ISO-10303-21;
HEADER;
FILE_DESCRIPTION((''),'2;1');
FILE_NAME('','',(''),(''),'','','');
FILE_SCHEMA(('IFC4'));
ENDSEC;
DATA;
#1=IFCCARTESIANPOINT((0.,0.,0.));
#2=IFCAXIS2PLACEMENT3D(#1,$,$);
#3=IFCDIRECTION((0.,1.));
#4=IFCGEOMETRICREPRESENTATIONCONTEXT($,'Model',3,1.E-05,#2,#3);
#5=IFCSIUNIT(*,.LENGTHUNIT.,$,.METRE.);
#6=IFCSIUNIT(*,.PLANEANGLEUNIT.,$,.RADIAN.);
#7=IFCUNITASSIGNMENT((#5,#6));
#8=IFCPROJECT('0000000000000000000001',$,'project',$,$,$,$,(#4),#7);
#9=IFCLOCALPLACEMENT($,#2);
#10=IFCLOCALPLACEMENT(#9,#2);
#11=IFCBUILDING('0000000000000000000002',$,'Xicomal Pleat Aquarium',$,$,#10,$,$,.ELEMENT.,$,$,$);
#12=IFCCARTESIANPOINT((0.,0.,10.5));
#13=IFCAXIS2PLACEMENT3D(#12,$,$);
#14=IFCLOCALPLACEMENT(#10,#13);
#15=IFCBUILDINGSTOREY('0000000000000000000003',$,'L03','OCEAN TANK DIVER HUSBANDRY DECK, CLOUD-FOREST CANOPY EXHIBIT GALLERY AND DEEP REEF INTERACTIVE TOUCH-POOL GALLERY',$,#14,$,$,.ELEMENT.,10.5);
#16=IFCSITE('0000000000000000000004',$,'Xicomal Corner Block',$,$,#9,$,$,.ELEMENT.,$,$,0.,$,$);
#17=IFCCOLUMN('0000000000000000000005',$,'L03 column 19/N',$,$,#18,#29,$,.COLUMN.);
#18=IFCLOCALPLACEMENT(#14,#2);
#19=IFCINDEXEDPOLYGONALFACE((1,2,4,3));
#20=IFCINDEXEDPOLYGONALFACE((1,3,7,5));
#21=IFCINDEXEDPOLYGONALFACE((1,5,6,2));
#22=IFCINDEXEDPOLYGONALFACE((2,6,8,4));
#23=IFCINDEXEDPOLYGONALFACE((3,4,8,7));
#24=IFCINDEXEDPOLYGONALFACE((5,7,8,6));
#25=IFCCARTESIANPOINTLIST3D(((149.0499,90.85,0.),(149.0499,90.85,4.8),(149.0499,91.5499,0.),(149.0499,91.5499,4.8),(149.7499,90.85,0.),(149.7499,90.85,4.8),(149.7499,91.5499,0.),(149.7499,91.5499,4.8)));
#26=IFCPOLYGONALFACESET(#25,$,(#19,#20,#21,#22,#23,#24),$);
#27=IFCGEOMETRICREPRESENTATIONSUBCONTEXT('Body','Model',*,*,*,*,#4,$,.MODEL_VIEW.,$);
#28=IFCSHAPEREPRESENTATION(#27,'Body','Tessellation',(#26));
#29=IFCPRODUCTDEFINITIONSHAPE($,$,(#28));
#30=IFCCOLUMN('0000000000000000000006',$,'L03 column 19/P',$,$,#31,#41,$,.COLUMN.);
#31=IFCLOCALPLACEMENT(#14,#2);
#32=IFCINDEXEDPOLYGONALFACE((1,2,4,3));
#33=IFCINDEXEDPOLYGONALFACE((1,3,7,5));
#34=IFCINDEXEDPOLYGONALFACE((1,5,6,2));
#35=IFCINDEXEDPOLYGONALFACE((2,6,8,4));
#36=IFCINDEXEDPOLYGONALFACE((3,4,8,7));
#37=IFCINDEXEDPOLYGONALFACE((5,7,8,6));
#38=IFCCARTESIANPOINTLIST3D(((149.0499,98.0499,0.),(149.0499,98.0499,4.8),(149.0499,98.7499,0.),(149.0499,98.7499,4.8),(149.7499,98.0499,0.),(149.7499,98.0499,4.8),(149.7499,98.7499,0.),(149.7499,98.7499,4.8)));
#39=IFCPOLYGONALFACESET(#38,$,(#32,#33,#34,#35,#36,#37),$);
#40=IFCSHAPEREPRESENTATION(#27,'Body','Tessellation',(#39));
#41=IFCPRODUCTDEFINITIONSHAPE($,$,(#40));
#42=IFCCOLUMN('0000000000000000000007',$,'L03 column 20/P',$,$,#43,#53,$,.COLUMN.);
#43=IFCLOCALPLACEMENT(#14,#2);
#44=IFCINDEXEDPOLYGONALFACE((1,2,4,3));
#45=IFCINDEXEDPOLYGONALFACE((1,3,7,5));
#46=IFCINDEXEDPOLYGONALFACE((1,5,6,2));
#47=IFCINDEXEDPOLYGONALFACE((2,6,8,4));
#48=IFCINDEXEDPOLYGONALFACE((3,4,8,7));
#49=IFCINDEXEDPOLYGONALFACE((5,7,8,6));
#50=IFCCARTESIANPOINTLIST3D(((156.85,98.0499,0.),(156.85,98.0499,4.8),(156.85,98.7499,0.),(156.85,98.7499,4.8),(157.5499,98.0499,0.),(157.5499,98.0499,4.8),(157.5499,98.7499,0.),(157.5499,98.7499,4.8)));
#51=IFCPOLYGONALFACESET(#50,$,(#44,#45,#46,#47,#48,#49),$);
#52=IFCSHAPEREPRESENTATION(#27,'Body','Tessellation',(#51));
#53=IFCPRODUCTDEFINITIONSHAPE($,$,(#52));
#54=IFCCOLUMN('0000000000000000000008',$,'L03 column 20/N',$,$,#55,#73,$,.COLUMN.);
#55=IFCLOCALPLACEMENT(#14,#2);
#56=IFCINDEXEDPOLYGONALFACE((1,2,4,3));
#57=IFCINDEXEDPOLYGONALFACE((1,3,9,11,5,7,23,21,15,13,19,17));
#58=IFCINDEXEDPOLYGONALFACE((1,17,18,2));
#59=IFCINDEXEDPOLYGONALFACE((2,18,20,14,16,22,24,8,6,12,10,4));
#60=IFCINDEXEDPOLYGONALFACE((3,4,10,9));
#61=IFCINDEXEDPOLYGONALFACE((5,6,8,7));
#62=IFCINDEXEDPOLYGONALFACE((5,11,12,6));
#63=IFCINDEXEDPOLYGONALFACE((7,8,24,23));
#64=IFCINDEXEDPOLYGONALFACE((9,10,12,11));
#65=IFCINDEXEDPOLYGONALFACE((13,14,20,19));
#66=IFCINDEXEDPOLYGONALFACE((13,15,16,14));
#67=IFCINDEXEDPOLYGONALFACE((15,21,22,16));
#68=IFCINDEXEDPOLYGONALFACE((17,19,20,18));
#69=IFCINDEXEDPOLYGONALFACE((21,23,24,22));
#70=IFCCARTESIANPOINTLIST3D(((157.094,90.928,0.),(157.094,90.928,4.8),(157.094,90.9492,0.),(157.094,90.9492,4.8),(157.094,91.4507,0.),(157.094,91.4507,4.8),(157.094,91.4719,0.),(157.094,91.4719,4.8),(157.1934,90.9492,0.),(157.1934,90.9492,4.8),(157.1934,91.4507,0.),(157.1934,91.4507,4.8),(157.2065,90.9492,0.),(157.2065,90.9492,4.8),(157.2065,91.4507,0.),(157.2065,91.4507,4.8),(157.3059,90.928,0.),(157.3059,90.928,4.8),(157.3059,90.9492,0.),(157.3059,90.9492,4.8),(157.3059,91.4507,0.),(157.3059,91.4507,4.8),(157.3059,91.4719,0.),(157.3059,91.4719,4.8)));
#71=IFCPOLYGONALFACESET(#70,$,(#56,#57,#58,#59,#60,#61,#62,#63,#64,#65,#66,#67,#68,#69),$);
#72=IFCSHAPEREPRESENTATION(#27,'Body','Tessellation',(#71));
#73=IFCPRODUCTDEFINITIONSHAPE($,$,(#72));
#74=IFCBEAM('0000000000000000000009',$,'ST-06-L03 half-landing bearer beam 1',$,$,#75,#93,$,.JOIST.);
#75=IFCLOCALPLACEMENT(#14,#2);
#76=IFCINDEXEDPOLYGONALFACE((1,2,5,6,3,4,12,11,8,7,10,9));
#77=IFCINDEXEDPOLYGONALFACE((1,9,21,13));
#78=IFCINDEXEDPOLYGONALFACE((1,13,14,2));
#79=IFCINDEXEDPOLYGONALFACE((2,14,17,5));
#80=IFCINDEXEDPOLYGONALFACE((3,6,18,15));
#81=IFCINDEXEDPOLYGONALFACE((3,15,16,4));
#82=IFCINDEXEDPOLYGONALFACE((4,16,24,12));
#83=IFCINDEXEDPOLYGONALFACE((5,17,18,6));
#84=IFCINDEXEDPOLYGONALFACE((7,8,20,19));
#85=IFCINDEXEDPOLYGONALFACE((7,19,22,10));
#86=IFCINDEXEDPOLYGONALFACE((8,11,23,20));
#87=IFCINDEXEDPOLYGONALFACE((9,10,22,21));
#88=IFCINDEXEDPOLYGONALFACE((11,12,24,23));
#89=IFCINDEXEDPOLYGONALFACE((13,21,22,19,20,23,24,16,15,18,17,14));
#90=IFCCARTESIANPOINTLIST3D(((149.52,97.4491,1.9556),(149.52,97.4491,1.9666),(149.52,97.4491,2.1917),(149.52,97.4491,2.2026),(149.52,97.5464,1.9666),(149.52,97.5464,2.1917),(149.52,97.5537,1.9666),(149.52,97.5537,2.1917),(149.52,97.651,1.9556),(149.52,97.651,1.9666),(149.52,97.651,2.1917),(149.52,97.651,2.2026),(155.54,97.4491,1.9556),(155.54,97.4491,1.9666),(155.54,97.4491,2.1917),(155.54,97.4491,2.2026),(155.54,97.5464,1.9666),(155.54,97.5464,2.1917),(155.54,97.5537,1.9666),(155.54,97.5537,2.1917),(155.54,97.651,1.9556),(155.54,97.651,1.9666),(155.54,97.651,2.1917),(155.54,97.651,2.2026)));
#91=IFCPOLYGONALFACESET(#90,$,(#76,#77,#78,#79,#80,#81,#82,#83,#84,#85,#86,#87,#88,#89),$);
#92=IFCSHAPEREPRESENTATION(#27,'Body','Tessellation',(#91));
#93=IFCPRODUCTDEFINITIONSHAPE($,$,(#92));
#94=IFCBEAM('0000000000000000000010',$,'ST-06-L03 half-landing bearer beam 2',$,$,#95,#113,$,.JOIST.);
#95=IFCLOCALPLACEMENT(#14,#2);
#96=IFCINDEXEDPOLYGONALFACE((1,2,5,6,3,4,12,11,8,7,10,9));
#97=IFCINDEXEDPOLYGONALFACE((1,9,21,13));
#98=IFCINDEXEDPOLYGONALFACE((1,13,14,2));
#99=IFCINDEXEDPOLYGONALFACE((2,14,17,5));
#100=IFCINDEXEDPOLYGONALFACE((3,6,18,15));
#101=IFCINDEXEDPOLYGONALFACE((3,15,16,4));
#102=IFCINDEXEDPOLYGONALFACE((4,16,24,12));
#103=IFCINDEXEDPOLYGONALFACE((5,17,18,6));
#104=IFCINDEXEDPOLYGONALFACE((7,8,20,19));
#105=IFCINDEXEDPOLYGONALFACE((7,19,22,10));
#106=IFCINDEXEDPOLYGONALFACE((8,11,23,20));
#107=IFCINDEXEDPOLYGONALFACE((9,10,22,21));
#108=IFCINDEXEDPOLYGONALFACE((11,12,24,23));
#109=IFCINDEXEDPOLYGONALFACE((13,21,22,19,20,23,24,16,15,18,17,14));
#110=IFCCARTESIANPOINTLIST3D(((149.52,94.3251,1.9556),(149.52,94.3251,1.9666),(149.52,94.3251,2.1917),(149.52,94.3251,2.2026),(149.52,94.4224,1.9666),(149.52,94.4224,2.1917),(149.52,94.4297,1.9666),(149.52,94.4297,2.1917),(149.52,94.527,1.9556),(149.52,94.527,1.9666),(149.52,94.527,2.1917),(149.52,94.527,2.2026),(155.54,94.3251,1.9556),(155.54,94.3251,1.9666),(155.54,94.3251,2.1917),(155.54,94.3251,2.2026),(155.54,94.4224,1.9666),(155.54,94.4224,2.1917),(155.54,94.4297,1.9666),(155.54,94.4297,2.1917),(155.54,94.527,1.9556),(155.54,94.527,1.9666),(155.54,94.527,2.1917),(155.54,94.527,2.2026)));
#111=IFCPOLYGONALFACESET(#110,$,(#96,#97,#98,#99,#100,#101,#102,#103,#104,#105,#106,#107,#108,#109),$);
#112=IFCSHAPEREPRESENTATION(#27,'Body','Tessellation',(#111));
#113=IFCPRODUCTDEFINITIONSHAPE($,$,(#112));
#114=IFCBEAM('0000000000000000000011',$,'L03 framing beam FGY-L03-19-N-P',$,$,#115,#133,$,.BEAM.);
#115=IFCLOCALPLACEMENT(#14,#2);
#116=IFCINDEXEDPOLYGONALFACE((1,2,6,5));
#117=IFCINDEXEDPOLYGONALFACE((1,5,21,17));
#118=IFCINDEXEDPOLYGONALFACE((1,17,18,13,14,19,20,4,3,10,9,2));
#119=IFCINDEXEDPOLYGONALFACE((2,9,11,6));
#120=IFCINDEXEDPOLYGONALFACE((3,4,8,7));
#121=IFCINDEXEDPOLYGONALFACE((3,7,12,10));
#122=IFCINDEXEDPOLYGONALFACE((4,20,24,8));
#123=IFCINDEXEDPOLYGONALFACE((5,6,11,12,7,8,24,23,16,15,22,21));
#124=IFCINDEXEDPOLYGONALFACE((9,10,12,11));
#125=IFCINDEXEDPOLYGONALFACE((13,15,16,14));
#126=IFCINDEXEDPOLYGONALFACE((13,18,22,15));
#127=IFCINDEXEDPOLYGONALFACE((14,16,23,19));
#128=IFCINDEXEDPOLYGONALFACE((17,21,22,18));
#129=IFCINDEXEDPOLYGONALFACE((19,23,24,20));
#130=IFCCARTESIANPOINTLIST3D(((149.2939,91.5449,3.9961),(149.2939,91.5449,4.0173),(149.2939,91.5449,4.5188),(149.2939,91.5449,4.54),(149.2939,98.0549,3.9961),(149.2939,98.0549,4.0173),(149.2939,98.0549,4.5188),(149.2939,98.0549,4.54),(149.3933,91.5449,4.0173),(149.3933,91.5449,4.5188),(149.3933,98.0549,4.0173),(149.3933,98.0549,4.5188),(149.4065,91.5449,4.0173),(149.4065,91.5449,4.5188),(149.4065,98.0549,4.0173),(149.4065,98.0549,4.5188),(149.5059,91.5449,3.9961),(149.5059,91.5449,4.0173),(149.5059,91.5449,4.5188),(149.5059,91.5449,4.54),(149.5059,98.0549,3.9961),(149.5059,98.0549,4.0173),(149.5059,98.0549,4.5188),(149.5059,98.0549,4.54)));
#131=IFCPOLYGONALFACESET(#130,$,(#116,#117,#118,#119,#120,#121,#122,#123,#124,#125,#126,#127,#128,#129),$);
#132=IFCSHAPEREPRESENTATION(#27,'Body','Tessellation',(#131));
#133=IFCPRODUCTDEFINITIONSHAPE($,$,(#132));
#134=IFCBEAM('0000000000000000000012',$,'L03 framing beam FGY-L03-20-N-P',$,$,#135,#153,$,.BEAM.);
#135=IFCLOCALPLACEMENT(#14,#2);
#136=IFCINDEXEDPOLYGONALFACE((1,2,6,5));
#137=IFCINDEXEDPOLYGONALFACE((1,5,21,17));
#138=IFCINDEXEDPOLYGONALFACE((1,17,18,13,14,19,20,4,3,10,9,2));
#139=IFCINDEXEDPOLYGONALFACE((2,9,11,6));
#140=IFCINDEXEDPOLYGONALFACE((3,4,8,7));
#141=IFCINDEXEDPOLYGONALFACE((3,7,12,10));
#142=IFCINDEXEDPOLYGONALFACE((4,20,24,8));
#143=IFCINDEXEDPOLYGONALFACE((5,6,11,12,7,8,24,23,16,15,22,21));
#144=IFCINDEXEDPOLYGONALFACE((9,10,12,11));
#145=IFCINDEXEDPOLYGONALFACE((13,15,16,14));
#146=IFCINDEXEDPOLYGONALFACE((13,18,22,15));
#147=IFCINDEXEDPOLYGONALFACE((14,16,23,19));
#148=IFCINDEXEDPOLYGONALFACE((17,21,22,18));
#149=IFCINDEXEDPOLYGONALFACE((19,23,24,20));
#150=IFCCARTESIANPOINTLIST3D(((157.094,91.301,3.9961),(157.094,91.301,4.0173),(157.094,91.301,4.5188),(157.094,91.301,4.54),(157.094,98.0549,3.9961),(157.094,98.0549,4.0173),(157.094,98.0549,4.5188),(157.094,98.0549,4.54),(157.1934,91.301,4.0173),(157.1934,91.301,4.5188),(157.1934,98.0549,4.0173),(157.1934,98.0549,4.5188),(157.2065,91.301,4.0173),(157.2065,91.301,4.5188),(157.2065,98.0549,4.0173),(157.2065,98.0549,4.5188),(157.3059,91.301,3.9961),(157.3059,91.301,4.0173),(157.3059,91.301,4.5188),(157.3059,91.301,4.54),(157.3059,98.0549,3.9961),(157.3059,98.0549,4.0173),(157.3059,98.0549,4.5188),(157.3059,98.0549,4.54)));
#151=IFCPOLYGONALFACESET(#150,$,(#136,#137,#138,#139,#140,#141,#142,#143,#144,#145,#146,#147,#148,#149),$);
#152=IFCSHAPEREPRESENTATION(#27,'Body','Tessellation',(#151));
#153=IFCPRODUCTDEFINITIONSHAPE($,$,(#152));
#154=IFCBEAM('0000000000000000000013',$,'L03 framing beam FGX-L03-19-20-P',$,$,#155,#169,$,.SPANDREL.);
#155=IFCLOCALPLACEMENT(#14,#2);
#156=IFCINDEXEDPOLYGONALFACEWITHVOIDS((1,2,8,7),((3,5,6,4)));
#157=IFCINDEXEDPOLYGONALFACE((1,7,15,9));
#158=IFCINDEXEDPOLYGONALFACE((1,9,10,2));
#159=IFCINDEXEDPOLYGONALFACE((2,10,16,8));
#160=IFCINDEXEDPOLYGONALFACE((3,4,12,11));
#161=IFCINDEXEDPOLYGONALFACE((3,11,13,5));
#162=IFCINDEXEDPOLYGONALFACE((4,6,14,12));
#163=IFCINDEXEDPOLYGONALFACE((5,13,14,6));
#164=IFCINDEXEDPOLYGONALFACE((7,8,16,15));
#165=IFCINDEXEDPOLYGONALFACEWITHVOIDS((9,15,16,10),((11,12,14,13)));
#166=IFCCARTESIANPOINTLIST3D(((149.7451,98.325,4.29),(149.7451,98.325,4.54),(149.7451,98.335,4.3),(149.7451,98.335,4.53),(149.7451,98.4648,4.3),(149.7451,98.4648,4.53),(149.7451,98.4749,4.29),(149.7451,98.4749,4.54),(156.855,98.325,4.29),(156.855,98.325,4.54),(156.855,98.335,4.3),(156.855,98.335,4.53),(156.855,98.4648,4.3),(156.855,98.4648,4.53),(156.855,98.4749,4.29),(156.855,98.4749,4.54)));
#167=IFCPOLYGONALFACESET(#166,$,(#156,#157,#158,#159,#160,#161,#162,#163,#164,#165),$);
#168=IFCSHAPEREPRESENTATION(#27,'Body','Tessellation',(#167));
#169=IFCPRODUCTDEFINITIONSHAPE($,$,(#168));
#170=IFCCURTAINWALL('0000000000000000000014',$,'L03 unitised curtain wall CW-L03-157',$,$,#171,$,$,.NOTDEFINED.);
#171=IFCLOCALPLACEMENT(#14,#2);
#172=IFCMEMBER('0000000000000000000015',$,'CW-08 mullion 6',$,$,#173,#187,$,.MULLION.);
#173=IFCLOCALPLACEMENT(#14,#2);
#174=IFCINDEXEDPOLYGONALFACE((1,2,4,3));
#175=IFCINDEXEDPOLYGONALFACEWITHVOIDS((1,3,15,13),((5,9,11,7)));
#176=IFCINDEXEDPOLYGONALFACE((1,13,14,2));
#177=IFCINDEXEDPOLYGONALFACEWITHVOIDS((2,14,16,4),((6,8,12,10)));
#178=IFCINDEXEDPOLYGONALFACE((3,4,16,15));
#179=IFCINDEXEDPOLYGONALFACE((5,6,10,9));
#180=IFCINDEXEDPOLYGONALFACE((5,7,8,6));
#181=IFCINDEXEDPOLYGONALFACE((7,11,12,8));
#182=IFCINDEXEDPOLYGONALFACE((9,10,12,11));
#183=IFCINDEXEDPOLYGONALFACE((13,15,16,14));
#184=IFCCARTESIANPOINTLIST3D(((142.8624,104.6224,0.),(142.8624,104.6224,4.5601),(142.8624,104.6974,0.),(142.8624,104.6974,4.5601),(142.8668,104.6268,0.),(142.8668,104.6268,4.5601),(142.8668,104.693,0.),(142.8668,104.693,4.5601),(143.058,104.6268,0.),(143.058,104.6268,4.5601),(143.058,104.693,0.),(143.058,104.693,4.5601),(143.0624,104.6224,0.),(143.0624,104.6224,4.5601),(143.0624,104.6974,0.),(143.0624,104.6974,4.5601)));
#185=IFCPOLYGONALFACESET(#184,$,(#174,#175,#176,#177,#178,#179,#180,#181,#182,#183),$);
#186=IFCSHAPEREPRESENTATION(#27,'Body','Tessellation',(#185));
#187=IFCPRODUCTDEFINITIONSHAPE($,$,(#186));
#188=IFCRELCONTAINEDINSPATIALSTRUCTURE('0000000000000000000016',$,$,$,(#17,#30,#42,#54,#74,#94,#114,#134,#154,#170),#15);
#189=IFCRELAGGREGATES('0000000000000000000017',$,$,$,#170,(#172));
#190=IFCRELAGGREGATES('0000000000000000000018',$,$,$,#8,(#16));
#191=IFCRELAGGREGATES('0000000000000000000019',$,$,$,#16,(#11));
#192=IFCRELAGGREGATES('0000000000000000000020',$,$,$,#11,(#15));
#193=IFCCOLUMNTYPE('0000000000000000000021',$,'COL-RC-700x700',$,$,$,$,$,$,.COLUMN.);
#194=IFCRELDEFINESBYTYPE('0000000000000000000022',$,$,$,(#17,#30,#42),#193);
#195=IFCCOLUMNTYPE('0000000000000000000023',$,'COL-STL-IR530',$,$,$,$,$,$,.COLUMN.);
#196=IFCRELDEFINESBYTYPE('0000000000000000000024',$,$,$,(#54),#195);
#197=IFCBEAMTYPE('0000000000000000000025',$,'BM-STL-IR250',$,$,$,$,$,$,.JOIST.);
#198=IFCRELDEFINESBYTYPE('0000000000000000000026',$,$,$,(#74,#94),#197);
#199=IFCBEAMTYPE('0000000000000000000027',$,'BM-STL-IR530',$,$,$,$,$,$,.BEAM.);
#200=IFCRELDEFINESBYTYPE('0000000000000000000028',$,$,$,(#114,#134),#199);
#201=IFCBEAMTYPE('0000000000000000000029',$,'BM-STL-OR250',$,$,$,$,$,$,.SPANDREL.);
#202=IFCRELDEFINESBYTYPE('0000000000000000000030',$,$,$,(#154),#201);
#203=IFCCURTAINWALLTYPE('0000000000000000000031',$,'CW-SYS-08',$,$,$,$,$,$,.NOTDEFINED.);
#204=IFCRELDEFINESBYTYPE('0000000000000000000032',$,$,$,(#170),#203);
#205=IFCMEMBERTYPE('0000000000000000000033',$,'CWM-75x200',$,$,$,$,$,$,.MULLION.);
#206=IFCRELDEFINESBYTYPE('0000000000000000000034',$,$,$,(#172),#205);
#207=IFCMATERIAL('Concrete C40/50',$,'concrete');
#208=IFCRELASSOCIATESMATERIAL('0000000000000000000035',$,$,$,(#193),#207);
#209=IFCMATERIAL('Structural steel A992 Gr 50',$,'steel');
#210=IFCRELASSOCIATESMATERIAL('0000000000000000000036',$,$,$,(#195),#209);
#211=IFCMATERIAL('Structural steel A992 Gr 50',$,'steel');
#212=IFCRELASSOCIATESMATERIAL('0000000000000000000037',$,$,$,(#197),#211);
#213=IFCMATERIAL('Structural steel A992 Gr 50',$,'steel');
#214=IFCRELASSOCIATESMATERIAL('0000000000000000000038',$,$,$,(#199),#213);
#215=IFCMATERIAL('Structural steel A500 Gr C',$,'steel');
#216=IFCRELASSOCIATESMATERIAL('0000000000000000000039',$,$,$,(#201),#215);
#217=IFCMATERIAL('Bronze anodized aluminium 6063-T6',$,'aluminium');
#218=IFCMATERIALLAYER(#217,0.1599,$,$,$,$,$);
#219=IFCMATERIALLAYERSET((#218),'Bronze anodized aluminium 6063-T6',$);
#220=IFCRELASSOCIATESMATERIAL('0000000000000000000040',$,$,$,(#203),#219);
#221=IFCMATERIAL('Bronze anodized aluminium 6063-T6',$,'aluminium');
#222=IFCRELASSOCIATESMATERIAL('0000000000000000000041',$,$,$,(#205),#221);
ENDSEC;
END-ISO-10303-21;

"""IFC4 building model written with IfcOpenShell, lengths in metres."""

from ifc_helpers import new_model, si_unit, direction, frame, origin, origin_2d, place, context, subcontext, project, spatial, rectangle, hollow_rectangle, i_section, extrude, material, layer, layer_set, material_profile, profile_set, type_object, element, aggregate, save


model = new_model("IFC4")

# Units and contexts
model_context = context("Model", 3, precision=1e-05, world=origin(), true_north=direction((0.0, 1.0)))
body_context = subcontext(model_context, "Body", "Model", "MODEL_VIEW")
ifc_project = project(units=[si_unit("LENGTHUNIT", "METRE"), si_unit("PLANEANGLEUNIT", "RADIAN")], contexts=[model_context])

# Site, building, storey
site_placement = place(None, origin())
site = spatial("IfcSite", under=ifc_project, at=site_placement, Name="Xicomal Corner Block", CompositionType="ELEMENT", RefElevation=0.0)
building_placement = place(site_placement, origin())
building = spatial("IfcBuilding", under=site, at=building_placement, Name="Xicomal Pleat Aquarium", CompositionType="ELEMENT")
storey_placement = place(building_placement, frame((0.0, 0.0, 10.5)))
storey = spatial("IfcBuildingStorey", under=building, at=storey_placement, Name="L03", Description="OCEAN TANK DIVER HUSBANDRY DECK, CLOUD-FOREST CANOPY EXHIBIT GALLERY AND DEEP REEF INTERACTIVE TOUCH-POOL GALLERY", CompositionType="ELEMENT", Elevation=10.5)

# Columns
ifc_material_1 = material(Name="Concrete C40/50", Category="concrete")
ifc_material_profile_1 = material_profile(ifc_material_1, rectangle(XDim=0.7, YDim=0.7, at=origin_2d()), Name="RC 700x700")
ifc_profile_set_1 = profile_set([ifc_material_profile_1], Name="Concrete C40/50")
column_type_1 = type_object("IfcColumnType", Name="COL-RC-700x700", PredefinedType="COLUMN", material=ifc_profile_set_1)
for number, where, z_axis, x_axis, name in (
    (1, (149.3999, 91.2, 0.0), (0.0, 0.0, 1.0), (1.0, 0.0, 0.0), "L03 column 19/N"),
    (2, (149.3999, 98.3999, 0.0), (0.0, 0.0, 1.0), (1.0, 0.0, 0.0), "L03 column 19/P"),
    (3, (157.2, 98.3999, 0.0), (0.0, 0.0, 1.0), (1.0, 0.0, 0.0), "L03 column 20/P"),
):
    element("IfcColumn", number, at=place(storey_placement, frame(where, z_axis=z_axis, x_axis=x_axis)), inside=storey, type_object=column_type_1, Name=name, PredefinedType="COLUMN", context=body_context, shape_type="SweptSolid", body=[
        extrude(rectangle(XDim=0.7, YDim=0.7, at=origin_2d()), origin(), (0.0, 0.0, 1.0), 4.8),
    ])
ifc_material_2 = material(Name="Structural steel A992 Gr 50", Category="steel")
ifc_material_profile_2 = material_profile(ifc_material_2, i_section(OverallWidth=0.2119, OverallDepth=0.5439, WebThickness=0.0132, FlangeThickness=0.0212, at=origin_2d()), Name="IR 530x123")
ifc_profile_set_2 = profile_set([ifc_material_profile_2], Name="Structural steel A992 Gr 50")
column_type_2 = type_object("IfcColumnType", Name="COL-STL-IR530", PredefinedType="COLUMN", material=ifc_profile_set_2)
column_placement = place(storey_placement, frame((157.2, 91.2, 0.0), z_axis=(0.0, 0.0, 1.0), x_axis=(1.0, 0.0, 0.0)))
element("IfcColumn", 4, at=column_placement, inside=storey, type_object=column_type_2, Name="L03 column 20/N", PredefinedType="COLUMN", context=body_context, shape_type="SweptSolid", body=[
    extrude(i_section(OverallWidth=0.2119, OverallDepth=0.5439, WebThickness=0.0132, FlangeThickness=0.0212, at=origin_2d()), origin(), (0.0, 0.0, 1.0), 4.8),
])

# Beams
ifc_material_3 = material(Name="Structural steel A992 Gr 50", Category="steel")
ifc_material_profile_3 = material_profile(ifc_material_3, i_section(OverallWidth=0.2019, OverallDepth=0.2471, WebThickness=0.0073, FlangeThickness=0.011, at=origin_2d()), Name="IR 250x49")
ifc_profile_set_3 = profile_set([ifc_material_profile_3], Name="Structural steel A992 Gr 50")
beam_type_1 = type_object("IfcBeamType", Name="BM-STL-IR250", PredefinedType="JOIST", material=ifc_profile_set_3)
for number, where, z_axis, x_axis, name in (
    (5, (149.52, 97.55, 2.0791), (1.0, 0.0, 0.0), (0.0, 1.0, 0.0), "ST-06-L03 half-landing bearer beam 1"),
    (6, (149.52, 94.426, 2.0791), (1.0, 0.0, 0.0), (0.0, 1.0, 0.0), "ST-06-L03 half-landing bearer beam 2"),
):
    element("IfcBeam", number, at=place(storey_placement, frame(where, z_axis=z_axis, x_axis=x_axis)), inside=storey, type_object=beam_type_1, Name=name, PredefinedType="JOIST", context=body_context, shape_type="SweptSolid", body=[
        extrude(i_section(OverallWidth=0.2019, OverallDepth=0.2471, WebThickness=0.0073, FlangeThickness=0.011, at=origin_2d()), origin(), (0.0, 0.0, 1.0), 6.02),
    ])
ifc_material_4 = material(Name="Structural steel A992 Gr 50", Category="steel")
ifc_material_profile_4 = material_profile(ifc_material_4, i_section(OverallWidth=0.2119, OverallDepth=0.5439, WebThickness=0.0132, FlangeThickness=0.0212, at=origin_2d()), Name="IR 530x123")
ifc_profile_set_4 = profile_set([ifc_material_profile_4], Name="Structural steel A992 Gr 50")
beam_type_2 = type_object("IfcBeamType", Name="BM-STL-IR530", PredefinedType="BEAM", material=ifc_profile_set_4)
beam_1_placement = place(storey_placement, frame((149.3999, 91.5449, 4.2681), z_axis=(0.0, 1.0, 0.0), x_axis=(-1.0, 0.0, 0.0)))
element("IfcBeam", 7, at=beam_1_placement, inside=storey, type_object=beam_type_2, Name="L03 framing beam FGY-L03-19-N-P", PredefinedType="BEAM", context=body_context, shape_type="SweptSolid", body=[
    extrude(i_section(OverallWidth=0.2119, OverallDepth=0.5439, WebThickness=0.0132, FlangeThickness=0.0212, at=origin_2d()), origin(), (0.0, 0.0, 1.0), 6.51),
])
beam_2_placement = place(storey_placement, frame((157.2, 91.301, 4.2681), z_axis=(0.0, 1.0, 0.0), x_axis=(-1.0, 0.0, 0.0)))
element("IfcBeam", 8, at=beam_2_placement, inside=storey, type_object=beam_type_2, Name="L03 framing beam FGY-L03-20-N-P", PredefinedType="BEAM", context=body_context, shape_type="SweptSolid", body=[
    extrude(i_section(OverallWidth=0.2119, OverallDepth=0.5439, WebThickness=0.0132, FlangeThickness=0.0212, at=origin_2d()), origin(), (0.0, 0.0, 1.0), 6.7539),
])
ifc_material_5 = material(Name="Structural steel A500 Gr C", Category="steel")
ifc_material_profile_5 = material_profile(ifc_material_5, hollow_rectangle(XDim=0.1499, YDim=0.25, WallThickness=0.01, at=origin_2d()), Name="OR 250x150x10")
ifc_profile_set_5 = profile_set([ifc_material_profile_5], Name="Structural steel A500 Gr C")
beam_type_3 = type_object("IfcBeamType", Name="BM-STL-OR250", PredefinedType="SPANDREL", material=ifc_profile_set_5)
beam_3_placement = place(storey_placement, frame((149.7451, 98.3999, 4.415), z_axis=(1.0, 0.0, 0.0), x_axis=(0.0, 1.0, 0.0)))
element("IfcBeam", 9, at=beam_3_placement, inside=storey, type_object=beam_type_3, Name="L03 framing beam FGX-L03-19-20-P", PredefinedType="SPANDREL", context=body_context, shape_type="SweptSolid", body=[
    extrude(hollow_rectangle(XDim=0.1499, YDim=0.25, WallThickness=0.01, at=origin_2d()), origin(), (0.0, 0.0, 1.0), 7.1099),
])

# Curtain wall, member
ifc_material_6 = material(Name="Bronze anodized aluminium 6063-T6", Category="aluminium")
ifc_layer_1 = layer(ifc_material_6, 0.1599)
ifc_layer_set_1 = layer_set([ifc_layer_1], Name="Bronze anodized aluminium 6063-T6")
curtain_wall_type = type_object("IfcCurtainWallType", Name="CW-SYS-08", PredefinedType="NOTDEFINED", material=ifc_layer_set_1)
curtain_wall_placement = place(storey_placement, origin())
curtain_wall = element("IfcCurtainWall", 10, at=curtain_wall_placement, inside=storey, type_object=curtain_wall_type, Name="L03 unitised curtain wall CW-L03-157", PredefinedType="NOTDEFINED")
ifc_material_7 = material(Name="Bronze anodized aluminium 6063-T6", Category="aluminium")
ifc_material_profile_6 = material_profile(ifc_material_7, hollow_rectangle(XDim=0.075, YDim=0.2, WallThickness=0.0044, at=origin_2d()), Name="ALU MULL 75x200")
ifc_profile_set_6 = profile_set([ifc_material_profile_6], Name="Bronze anodized aluminium 6063-T6")
member_type = type_object("IfcMemberType", Name="CWM-75x200", PredefinedType="MULLION", material=ifc_profile_set_6)
member_placement = place(storey_placement, frame((142.9624, 104.6599, 0.0), z_axis=(0.0, 0.0, 1.0), x_axis=(0.0, 1.0, 0.0)))
member = element("IfcMember", 11, at=member_placement, type_object=member_type, Name="CW-08 mullion 6", PredefinedType="MULLION", context=body_context, shape_type="SweptSolid", body=[
    extrude(hollow_rectangle(XDim=0.075, YDim=0.2, WallThickness=0.0044, at=origin_2d()), origin(), (0.0, 0.0, 1.0), 4.5601),
])
aggregate(curtain_wall, [member])

save(model, "model.ifc")
